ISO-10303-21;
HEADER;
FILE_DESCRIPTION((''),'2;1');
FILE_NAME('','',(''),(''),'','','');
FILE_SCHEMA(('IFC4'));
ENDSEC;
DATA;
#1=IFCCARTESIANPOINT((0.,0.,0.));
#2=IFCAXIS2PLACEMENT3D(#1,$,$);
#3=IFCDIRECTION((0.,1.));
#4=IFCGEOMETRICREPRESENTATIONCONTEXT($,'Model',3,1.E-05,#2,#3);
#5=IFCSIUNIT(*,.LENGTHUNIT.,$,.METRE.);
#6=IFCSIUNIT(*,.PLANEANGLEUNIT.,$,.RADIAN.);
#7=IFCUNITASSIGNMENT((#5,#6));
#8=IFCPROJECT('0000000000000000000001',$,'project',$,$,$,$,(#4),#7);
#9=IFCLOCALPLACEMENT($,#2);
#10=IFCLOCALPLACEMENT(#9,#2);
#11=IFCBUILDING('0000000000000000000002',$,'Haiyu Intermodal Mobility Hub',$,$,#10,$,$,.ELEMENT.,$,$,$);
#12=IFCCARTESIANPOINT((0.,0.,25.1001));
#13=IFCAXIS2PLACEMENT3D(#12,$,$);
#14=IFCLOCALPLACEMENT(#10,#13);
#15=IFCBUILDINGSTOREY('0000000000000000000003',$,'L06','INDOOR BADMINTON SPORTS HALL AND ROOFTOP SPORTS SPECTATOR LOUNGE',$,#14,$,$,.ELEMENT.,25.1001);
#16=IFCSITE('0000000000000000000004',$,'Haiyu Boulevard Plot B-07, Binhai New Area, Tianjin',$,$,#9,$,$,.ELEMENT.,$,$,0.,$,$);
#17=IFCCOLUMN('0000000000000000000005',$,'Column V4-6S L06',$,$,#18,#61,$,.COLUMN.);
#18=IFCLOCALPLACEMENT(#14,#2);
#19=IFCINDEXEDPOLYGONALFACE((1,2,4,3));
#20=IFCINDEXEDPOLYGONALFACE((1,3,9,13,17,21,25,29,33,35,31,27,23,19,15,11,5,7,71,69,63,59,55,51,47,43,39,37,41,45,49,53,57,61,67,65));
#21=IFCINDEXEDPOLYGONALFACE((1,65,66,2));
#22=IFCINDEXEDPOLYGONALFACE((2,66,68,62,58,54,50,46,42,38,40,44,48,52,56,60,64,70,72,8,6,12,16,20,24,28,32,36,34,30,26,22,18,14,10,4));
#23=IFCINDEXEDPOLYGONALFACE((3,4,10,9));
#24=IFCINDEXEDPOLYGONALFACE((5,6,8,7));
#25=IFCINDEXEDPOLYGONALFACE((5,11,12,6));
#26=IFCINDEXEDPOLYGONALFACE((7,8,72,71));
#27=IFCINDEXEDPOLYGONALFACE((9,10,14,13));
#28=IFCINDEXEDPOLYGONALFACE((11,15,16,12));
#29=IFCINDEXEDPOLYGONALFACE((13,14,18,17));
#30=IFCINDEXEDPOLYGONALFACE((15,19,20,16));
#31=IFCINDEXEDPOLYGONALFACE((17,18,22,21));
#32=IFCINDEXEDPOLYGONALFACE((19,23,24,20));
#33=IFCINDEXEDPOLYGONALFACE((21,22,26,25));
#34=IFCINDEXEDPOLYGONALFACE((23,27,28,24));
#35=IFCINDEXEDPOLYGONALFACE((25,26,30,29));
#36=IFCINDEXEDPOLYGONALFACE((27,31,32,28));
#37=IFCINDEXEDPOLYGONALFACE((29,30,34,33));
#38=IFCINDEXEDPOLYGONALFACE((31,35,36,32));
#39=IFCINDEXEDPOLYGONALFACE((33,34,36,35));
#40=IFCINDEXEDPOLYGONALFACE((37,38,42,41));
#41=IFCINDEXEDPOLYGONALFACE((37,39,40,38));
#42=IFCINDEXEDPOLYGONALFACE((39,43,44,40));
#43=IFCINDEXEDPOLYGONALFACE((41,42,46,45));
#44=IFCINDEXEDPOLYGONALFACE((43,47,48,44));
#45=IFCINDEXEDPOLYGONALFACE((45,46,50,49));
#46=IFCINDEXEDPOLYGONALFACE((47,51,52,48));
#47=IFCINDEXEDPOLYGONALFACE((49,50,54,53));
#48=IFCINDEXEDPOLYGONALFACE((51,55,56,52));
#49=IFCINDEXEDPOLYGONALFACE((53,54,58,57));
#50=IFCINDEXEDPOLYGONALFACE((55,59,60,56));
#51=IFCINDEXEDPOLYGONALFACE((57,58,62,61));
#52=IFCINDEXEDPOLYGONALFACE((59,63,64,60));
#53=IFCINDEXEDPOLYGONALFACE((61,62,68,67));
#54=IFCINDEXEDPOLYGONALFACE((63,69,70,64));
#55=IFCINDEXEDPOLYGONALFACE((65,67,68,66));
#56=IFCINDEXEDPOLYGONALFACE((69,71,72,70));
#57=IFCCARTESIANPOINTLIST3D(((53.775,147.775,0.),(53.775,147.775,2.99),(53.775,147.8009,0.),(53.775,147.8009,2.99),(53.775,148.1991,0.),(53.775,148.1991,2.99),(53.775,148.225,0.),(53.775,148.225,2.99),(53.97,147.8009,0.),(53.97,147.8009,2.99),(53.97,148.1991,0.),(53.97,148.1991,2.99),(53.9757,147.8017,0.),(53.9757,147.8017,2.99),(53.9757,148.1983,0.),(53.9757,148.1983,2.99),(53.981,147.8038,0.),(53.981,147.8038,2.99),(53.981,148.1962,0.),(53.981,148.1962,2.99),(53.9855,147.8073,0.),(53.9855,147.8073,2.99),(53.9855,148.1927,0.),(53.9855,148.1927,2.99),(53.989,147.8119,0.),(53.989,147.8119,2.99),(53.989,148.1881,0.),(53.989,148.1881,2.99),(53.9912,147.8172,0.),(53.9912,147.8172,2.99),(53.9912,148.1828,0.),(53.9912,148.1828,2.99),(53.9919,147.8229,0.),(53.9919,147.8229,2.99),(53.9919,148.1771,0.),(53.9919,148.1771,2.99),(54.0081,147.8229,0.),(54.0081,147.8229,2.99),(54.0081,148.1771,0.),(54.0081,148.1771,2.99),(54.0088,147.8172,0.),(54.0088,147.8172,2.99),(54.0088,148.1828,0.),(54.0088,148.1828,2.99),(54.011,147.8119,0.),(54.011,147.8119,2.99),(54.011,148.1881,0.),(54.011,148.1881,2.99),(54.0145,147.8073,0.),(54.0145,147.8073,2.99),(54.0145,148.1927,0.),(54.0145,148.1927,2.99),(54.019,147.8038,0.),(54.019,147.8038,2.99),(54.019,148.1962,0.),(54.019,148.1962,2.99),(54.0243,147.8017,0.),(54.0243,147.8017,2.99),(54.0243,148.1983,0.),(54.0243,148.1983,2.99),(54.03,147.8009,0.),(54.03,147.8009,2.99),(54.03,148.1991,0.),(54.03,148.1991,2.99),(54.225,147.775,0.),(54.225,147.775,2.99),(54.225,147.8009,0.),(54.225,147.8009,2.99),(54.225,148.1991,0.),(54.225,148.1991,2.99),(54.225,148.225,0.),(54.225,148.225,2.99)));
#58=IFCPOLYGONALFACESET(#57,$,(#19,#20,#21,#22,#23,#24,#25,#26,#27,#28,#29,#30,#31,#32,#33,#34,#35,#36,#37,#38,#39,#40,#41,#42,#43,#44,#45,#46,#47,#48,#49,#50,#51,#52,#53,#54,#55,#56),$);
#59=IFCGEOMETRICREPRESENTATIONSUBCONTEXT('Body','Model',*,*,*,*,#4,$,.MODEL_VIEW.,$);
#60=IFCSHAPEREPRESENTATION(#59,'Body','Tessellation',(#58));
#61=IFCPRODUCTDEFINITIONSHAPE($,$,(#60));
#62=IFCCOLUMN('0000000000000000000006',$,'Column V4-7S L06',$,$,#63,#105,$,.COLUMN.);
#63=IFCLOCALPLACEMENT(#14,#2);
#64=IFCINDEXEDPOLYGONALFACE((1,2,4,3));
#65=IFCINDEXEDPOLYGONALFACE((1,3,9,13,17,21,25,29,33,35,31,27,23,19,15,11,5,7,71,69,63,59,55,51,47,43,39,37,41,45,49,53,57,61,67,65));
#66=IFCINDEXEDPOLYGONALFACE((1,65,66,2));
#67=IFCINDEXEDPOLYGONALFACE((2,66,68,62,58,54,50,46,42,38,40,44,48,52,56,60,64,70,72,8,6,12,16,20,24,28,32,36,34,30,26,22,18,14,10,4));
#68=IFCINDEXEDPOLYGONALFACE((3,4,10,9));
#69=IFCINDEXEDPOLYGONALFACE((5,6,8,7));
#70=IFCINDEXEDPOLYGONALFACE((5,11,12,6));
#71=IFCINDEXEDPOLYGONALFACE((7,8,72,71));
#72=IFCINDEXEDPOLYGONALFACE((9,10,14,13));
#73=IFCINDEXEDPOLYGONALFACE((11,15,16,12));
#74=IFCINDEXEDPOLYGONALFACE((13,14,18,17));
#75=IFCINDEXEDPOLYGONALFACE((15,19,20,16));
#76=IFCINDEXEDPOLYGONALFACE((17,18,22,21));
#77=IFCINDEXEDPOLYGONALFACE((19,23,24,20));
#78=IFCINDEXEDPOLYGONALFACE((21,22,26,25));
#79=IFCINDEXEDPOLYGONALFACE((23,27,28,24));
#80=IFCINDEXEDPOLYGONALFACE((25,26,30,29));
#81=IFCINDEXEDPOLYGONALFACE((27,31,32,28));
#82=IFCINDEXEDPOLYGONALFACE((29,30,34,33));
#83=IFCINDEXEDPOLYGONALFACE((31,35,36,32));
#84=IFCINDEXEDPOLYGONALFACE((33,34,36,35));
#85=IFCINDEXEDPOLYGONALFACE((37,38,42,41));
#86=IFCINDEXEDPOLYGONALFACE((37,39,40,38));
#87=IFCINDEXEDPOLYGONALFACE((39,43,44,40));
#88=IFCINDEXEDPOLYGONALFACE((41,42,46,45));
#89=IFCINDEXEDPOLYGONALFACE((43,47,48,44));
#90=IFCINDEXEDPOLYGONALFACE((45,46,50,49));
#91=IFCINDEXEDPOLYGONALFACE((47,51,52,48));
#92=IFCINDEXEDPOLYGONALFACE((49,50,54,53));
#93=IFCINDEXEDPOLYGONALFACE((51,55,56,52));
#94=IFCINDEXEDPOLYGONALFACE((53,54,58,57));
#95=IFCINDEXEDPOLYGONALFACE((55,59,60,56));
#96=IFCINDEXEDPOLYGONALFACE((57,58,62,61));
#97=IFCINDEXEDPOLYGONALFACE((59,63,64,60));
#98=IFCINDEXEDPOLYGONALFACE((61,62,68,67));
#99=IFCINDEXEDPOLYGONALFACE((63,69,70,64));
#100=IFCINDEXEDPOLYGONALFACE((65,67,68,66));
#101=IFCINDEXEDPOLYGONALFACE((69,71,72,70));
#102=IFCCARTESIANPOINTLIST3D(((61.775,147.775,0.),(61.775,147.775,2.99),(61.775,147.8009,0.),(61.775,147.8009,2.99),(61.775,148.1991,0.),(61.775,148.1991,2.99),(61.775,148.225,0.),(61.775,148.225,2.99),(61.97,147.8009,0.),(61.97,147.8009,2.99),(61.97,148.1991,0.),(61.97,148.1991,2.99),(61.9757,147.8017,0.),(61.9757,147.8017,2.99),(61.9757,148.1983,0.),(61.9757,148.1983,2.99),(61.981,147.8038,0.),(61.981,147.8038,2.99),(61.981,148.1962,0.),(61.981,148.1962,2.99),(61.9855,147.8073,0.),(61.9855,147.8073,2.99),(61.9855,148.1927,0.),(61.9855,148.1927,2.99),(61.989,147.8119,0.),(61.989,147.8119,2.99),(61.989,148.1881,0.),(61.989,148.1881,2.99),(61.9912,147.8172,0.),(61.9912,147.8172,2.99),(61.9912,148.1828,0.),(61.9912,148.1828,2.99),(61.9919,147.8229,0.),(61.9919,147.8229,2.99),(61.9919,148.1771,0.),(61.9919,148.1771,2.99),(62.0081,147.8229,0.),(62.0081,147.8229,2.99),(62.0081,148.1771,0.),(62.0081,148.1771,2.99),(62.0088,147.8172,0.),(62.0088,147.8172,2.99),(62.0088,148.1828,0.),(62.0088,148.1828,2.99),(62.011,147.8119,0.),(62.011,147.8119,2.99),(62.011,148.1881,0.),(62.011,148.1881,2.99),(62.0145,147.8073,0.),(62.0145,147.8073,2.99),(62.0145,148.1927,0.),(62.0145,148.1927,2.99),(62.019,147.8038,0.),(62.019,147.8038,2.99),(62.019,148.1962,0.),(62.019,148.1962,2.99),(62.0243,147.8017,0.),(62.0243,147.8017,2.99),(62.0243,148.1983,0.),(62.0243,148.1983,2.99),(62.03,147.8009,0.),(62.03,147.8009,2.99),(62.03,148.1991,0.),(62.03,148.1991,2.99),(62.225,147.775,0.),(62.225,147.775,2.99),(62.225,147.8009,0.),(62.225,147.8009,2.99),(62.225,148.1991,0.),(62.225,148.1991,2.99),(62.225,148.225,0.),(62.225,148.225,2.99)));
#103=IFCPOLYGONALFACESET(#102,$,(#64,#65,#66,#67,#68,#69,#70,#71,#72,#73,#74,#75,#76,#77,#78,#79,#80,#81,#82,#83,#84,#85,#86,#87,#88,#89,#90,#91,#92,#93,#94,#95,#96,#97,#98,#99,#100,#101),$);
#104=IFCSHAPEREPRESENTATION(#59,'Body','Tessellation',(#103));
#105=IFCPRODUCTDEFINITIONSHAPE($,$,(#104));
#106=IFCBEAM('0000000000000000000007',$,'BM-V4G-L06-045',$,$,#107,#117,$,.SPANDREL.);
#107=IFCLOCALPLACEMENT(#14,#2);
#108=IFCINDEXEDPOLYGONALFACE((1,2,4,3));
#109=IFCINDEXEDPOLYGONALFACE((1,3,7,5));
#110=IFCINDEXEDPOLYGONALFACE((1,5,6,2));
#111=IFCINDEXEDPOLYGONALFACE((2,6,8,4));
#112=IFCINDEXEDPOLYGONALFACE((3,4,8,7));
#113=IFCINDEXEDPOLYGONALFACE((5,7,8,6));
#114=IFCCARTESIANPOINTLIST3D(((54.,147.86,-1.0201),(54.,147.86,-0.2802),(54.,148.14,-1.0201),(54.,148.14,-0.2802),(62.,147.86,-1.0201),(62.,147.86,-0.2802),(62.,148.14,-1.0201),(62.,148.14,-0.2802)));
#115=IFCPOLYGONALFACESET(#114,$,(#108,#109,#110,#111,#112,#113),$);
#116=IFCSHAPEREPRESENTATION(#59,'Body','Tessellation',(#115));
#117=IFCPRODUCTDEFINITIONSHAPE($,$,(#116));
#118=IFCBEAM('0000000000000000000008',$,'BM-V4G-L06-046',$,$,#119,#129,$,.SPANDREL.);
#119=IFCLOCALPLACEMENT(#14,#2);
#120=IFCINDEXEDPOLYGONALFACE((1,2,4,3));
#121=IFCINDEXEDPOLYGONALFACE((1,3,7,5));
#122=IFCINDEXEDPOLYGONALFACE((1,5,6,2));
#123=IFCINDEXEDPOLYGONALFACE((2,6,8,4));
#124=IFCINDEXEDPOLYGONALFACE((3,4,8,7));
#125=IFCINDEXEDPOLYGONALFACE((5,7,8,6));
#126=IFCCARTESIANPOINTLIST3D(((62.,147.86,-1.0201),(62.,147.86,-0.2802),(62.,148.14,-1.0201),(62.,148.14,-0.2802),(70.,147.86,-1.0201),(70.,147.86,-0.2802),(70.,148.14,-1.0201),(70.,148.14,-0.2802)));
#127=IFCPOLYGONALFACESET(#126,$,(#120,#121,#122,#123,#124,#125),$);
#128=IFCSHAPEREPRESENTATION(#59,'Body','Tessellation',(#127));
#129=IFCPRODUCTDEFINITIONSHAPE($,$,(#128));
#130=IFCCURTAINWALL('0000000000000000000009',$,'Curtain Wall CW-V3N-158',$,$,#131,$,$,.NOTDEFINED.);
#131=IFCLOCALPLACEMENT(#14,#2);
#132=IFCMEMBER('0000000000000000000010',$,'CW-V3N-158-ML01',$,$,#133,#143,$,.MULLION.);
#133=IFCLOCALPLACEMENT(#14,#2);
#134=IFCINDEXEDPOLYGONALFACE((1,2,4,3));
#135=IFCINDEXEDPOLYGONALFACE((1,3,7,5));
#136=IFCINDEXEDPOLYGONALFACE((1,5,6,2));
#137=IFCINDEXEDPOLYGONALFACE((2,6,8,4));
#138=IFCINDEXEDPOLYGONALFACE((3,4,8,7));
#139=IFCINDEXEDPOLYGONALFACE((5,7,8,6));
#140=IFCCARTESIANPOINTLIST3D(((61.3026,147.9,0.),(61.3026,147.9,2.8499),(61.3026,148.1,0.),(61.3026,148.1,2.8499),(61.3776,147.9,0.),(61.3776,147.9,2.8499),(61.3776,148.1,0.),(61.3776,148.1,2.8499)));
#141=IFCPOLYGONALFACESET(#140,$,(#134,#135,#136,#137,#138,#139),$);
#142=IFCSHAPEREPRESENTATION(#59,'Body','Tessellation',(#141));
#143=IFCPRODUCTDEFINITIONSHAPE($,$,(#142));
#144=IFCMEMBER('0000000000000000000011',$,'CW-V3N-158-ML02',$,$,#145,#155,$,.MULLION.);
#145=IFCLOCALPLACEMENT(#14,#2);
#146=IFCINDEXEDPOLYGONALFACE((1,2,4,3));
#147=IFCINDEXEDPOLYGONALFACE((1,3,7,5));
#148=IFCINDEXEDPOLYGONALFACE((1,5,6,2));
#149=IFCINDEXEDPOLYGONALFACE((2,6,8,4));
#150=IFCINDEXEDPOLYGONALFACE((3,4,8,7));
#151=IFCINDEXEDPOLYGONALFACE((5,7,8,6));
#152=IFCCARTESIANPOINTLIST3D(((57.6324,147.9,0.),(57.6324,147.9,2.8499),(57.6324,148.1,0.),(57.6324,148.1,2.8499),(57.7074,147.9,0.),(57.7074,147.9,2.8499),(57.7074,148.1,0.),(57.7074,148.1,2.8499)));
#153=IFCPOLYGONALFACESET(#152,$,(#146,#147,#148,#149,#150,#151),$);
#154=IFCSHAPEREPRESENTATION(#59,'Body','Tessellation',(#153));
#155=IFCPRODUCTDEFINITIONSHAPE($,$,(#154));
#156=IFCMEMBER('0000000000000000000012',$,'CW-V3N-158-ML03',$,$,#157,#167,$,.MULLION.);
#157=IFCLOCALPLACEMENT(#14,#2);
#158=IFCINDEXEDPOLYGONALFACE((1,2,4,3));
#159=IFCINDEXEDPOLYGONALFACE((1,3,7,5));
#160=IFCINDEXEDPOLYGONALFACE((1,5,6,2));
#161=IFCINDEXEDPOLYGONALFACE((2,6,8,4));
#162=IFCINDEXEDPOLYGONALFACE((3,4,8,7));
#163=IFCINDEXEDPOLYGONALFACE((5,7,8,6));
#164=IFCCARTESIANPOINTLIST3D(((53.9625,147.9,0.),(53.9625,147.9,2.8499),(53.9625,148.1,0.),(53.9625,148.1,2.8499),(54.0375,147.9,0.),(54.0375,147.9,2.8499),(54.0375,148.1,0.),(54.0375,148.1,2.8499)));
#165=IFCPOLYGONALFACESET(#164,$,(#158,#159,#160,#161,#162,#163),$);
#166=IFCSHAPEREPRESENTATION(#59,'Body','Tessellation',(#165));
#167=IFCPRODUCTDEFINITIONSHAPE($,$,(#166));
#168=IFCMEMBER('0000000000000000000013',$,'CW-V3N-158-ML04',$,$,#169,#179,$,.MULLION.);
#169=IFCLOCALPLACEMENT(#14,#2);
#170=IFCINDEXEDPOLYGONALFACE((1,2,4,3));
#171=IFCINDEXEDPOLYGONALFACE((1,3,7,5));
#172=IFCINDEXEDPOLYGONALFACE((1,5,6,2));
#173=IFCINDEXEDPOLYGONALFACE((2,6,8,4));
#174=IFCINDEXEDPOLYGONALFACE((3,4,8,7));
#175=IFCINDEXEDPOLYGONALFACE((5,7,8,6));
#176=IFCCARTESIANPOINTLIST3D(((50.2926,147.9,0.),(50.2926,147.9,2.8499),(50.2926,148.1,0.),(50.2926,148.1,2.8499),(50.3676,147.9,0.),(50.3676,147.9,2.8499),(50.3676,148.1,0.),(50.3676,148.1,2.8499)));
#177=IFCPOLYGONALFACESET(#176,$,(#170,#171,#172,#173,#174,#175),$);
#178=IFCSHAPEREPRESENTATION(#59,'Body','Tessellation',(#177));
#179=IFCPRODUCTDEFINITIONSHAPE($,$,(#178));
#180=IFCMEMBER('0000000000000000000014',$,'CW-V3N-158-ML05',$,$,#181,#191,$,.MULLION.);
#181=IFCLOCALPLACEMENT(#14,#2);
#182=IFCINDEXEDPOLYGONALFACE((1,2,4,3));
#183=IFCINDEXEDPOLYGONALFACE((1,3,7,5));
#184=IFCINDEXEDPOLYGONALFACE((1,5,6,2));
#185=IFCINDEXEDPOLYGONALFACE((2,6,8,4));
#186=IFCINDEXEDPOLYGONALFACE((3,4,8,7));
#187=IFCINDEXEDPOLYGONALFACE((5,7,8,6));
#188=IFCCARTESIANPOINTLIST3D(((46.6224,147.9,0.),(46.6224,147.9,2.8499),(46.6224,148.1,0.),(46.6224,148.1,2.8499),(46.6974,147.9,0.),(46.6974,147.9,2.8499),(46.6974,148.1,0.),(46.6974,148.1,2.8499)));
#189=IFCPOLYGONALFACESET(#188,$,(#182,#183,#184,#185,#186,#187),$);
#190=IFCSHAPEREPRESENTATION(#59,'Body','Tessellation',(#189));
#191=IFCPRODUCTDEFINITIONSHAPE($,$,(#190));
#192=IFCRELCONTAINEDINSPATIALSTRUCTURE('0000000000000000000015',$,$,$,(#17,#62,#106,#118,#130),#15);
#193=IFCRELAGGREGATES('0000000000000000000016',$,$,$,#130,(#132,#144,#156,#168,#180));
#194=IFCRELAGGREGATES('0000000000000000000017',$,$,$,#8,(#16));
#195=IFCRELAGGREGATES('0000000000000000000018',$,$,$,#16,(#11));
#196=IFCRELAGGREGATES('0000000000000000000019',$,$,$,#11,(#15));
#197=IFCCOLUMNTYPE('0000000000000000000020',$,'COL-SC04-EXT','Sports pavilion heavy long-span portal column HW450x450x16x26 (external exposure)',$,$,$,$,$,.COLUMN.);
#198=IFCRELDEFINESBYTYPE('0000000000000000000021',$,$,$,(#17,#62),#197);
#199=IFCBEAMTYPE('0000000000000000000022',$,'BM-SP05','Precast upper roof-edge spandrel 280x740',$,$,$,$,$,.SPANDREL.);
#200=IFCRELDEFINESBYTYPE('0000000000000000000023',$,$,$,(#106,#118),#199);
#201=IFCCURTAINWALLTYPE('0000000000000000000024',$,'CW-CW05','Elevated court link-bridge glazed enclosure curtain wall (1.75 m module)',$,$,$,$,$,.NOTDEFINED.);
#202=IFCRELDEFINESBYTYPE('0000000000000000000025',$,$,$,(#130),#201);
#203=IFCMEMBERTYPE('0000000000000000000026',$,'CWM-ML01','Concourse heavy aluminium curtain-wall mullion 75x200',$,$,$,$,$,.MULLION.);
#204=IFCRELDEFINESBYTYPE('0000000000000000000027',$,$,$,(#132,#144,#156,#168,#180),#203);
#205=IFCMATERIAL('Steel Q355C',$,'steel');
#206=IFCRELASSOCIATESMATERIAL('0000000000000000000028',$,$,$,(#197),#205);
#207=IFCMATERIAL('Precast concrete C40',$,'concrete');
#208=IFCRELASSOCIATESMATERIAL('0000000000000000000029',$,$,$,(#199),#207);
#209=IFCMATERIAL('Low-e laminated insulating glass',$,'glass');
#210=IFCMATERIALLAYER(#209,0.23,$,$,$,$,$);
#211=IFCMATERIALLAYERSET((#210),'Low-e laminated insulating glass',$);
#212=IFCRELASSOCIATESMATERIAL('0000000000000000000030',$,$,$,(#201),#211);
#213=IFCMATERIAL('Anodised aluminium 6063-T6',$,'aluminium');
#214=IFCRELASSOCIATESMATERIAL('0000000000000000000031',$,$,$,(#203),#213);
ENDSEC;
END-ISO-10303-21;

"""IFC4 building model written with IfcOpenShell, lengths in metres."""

from ifc_helpers import new_model, si_unit, direction, frame, origin, origin_2d, place, context, subcontext, project, spatial, rectangle, i_section, extrude, material, layer, layer_set, material_profile, profile_set, type_object, element, aggregate, save


model = new_model("IFC4")

# Units and contexts
model_context = context("Model", 3, precision=1e-05, world=origin(), true_north=direction((0.0, 1.0)))
body_context = subcontext(model_context, "Body", "Model", "MODEL_VIEW")
ifc_project = project(units=[si_unit("LENGTHUNIT", "METRE"), si_unit("PLANEANGLEUNIT", "RADIAN")], contexts=[model_context])

# Site, building, storey
site_placement = place(None, origin())
site = spatial("IfcSite", under=ifc_project, at=site_placement, Name="Haiyu Boulevard Plot B-07, Binhai New Area, Tianjin", CompositionType="ELEMENT", RefElevation=0.0)
building_placement = place(site_placement, origin())
building = spatial("IfcBuilding", under=site, at=building_placement, Name="Haiyu Intermodal Mobility Hub", CompositionType="ELEMENT")
storey_placement = place(building_placement, frame((0.0, 0.0, 25.1001)))
storey = spatial("IfcBuildingStorey", under=building, at=storey_placement, Name="L06", Description="INDOOR BADMINTON SPORTS HALL AND ROOFTOP SPORTS SPECTATOR LOUNGE", CompositionType="ELEMENT", Elevation=25.1001)

# Columns
ifc_material_1 = material(Name="Steel Q355C", Category="steel")
ifc_material_profile_1 = material_profile(ifc_material_1, i_section(OverallWidth=0.45, OverallDepth=0.45, WebThickness=0.0161, FlangeThickness=0.0259, FilletRadius=0.022, at=origin_2d()), Name="HW450x450x16x26")
ifc_profile_set_1 = profile_set([ifc_material_profile_1], Name="Steel Q355C")
column_type = type_object("IfcColumnType", Name="COL-SC04-EXT", Description="Sports pavilion heavy long-span portal column HW450x450x16x26 (external exposure)", PredefinedType="COLUMN", material=ifc_profile_set_1)
for number, where, z_axis, x_axis, name in (
    (1, (54.0, 148.0, 0.0), (0.0, 0.0, 1.0), (1.0, 0.0, 0.0), "Column V4-6S L06"),
    (2, (62.0, 148.0, 0.0), (0.0, 0.0, 1.0), (1.0, 0.0, 0.0), "Column V4-7S L06"),
):
    element("IfcColumn", number, at=place(storey_placement, frame(where, z_axis=z_axis, x_axis=x_axis)), inside=storey, type_object=column_type, Name=name, PredefinedType="COLUMN", context=body_context, shape_type="SweptSolid", body=[
        extrude(i_section(OverallWidth=0.45, OverallDepth=0.45, WebThickness=0.0161, FlangeThickness=0.0259, FilletRadius=0.022, at=origin_2d()), origin(), (0.0, 0.0, 1.0), 2.99),
    ])

# Beams
ifc_material_2 = material(Name="Precast concrete C40", Category="concrete")
ifc_material_profile_2 = material_profile(ifc_material_2, rectangle(XDim=0.28, YDim=0.74, at=origin_2d()), Name="B280x740")
ifc_profile_set_2 = profile_set([ifc_material_profile_2], Name="Precast concrete C40")
beam_type = type_object("IfcBeamType", Name="BM-SP05", Description="Precast upper roof-edge spandrel 280x740", PredefinedType="SPANDREL", material=ifc_profile_set_2)
for number, where, z_axis, x_axis, name in (
    (3, (54.0, 148.0, -0.6501), (1.0, 0.0, 0.0), (0.0, 1.0, 0.0), "BM-V4G-L06-045"),
    (4, (62.0, 148.0, -0.6501), (1.0, 0.0, 0.0), (0.0, 1.0, 0.0), "BM-V4G-L06-046"),
):
    element("IfcBeam", number, at=place(storey_placement, frame(where, z_axis=z_axis, x_axis=x_axis)), inside=storey, type_object=beam_type, Name=name, PredefinedType="SPANDREL", context=body_context, shape_type="SweptSolid", body=[
        extrude(rectangle(XDim=0.28, YDim=0.74, at=origin_2d()), origin(), (0.0, 0.0, 1.0), 8.0),
    ])

# Curtain wall, members
ifc_material_3 = material(Name="Low-e laminated insulating glass", Category="glass")
ifc_layer_1 = layer(ifc_material_3, 0.23)
ifc_layer_set_1 = layer_set([ifc_layer_1], Name="Low-e laminated insulating glass")
curtain_wall_type = type_object("IfcCurtainWallType", Name="CW-CW05", Description="Elevated court link-bridge glazed enclosure curtain wall (1.75 m module)", PredefinedType="NOTDEFINED", material=ifc_layer_set_1)
curtain_wall_placement = place(storey_placement, origin())
curtain_wall = element("IfcCurtainWall", 5, at=curtain_wall_placement, inside=storey, type_object=curtain_wall_type, Name="Curtain Wall CW-V3N-158", PredefinedType="NOTDEFINED")
ifc_material_4 = material(Name="Anodised aluminium 6063-T6", Category="aluminium")
ifc_material_profile_3 = material_profile(ifc_material_4, rectangle(XDim=0.075, YDim=0.2, at=origin_2d()), Name="ALU75x200")
ifc_profile_set_3 = profile_set([ifc_material_profile_3], Name="Anodised aluminium 6063-T6")
member_type_1 = type_object("IfcMemberType", Name="CWM-ML01", Description="Concourse heavy aluminium curtain-wall mullion 75x200", PredefinedType="MULLION", material=ifc_profile_set_3)
member_1_placement = place(storey_placement, frame((61.3401, 148.0, 0.0), z_axis=(0.0, 0.0, 1.0), x_axis=(1.0, 0.0, 0.0)))
member_1 = element("IfcMember", 6, at=member_1_placement, type_object=member_type_1, Name="CW-V3N-158-ML01", PredefinedType="MULLION", context=body_context, shape_type="SweptSolid", body=[
    extrude(rectangle(XDim=0.075, YDim=0.2, at=origin_2d()), origin(), (0.0, 0.0, 1.0), 2.8499),
])
member_2_placement = place(storey_placement, frame((57.6699, 148.0, 0.0), z_axis=(0.0, 0.0, 1.0), x_axis=(1.0, 0.0, 0.0)))
member_2 = element("IfcMember", 7, at=member_2_placement, type_object=member_type_1, Name="CW-V3N-158-ML02", PredefinedType="MULLION", context=body_context, shape_type="SweptSolid", body=[
    extrude(rectangle(XDim=0.075, YDim=0.2, at=origin_2d()), origin(), (0.0, 0.0, 1.0), 2.8499),
])
member_3_placement = place(storey_placement, frame((54.0, 148.0, 0.0), z_axis=(0.0, 0.0, 1.0), x_axis=(1.0, 0.0, 0.0)))
member_3 = element("IfcMember", 8, at=member_3_placement, type_object=member_type_1, Name="CW-V3N-158-ML03", PredefinedType="MULLION", context=body_context, shape_type="SweptSolid", body=[
    extrude(rectangle(XDim=0.075, YDim=0.2, at=origin_2d()), origin(), (0.0, 0.0, 1.0), 2.8499),
])
member_4_placement = place(storey_placement, frame((50.3301, 148.0, 0.0), z_axis=(0.0, 0.0, 1.0), x_axis=(1.0, 0.0, 0.0)))
member_4 = element("IfcMember", 9, at=member_4_placement, type_object=member_type_1, Name="CW-V3N-158-ML04", PredefinedType="MULLION", context=body_context, shape_type="SweptSolid", body=[
    extrude(rectangle(XDim=0.075, YDim=0.2, at=origin_2d()), origin(), (0.0, 0.0, 1.0), 2.8499),
])
member_5_placement = place(storey_placement, frame((46.6599, 148.0, 0.0), z_axis=(0.0, 0.0, 1.0), x_axis=(1.0, 0.0, 0.0)))
member_5 = element("IfcMember", 10, at=member_5_placement, type_object=member_type_1, Name="CW-V3N-158-ML05", PredefinedType="MULLION", context=body_context, shape_type="SweptSolid", body=[
    extrude(rectangle(XDim=0.075, YDim=0.2, at=origin_2d()), origin(), (0.0, 0.0, 1.0), 2.8499),
])

aggregate(curtain_wall, [member_1, member_2, member_3, member_4, member_5])

save(model, "model.ifc")
